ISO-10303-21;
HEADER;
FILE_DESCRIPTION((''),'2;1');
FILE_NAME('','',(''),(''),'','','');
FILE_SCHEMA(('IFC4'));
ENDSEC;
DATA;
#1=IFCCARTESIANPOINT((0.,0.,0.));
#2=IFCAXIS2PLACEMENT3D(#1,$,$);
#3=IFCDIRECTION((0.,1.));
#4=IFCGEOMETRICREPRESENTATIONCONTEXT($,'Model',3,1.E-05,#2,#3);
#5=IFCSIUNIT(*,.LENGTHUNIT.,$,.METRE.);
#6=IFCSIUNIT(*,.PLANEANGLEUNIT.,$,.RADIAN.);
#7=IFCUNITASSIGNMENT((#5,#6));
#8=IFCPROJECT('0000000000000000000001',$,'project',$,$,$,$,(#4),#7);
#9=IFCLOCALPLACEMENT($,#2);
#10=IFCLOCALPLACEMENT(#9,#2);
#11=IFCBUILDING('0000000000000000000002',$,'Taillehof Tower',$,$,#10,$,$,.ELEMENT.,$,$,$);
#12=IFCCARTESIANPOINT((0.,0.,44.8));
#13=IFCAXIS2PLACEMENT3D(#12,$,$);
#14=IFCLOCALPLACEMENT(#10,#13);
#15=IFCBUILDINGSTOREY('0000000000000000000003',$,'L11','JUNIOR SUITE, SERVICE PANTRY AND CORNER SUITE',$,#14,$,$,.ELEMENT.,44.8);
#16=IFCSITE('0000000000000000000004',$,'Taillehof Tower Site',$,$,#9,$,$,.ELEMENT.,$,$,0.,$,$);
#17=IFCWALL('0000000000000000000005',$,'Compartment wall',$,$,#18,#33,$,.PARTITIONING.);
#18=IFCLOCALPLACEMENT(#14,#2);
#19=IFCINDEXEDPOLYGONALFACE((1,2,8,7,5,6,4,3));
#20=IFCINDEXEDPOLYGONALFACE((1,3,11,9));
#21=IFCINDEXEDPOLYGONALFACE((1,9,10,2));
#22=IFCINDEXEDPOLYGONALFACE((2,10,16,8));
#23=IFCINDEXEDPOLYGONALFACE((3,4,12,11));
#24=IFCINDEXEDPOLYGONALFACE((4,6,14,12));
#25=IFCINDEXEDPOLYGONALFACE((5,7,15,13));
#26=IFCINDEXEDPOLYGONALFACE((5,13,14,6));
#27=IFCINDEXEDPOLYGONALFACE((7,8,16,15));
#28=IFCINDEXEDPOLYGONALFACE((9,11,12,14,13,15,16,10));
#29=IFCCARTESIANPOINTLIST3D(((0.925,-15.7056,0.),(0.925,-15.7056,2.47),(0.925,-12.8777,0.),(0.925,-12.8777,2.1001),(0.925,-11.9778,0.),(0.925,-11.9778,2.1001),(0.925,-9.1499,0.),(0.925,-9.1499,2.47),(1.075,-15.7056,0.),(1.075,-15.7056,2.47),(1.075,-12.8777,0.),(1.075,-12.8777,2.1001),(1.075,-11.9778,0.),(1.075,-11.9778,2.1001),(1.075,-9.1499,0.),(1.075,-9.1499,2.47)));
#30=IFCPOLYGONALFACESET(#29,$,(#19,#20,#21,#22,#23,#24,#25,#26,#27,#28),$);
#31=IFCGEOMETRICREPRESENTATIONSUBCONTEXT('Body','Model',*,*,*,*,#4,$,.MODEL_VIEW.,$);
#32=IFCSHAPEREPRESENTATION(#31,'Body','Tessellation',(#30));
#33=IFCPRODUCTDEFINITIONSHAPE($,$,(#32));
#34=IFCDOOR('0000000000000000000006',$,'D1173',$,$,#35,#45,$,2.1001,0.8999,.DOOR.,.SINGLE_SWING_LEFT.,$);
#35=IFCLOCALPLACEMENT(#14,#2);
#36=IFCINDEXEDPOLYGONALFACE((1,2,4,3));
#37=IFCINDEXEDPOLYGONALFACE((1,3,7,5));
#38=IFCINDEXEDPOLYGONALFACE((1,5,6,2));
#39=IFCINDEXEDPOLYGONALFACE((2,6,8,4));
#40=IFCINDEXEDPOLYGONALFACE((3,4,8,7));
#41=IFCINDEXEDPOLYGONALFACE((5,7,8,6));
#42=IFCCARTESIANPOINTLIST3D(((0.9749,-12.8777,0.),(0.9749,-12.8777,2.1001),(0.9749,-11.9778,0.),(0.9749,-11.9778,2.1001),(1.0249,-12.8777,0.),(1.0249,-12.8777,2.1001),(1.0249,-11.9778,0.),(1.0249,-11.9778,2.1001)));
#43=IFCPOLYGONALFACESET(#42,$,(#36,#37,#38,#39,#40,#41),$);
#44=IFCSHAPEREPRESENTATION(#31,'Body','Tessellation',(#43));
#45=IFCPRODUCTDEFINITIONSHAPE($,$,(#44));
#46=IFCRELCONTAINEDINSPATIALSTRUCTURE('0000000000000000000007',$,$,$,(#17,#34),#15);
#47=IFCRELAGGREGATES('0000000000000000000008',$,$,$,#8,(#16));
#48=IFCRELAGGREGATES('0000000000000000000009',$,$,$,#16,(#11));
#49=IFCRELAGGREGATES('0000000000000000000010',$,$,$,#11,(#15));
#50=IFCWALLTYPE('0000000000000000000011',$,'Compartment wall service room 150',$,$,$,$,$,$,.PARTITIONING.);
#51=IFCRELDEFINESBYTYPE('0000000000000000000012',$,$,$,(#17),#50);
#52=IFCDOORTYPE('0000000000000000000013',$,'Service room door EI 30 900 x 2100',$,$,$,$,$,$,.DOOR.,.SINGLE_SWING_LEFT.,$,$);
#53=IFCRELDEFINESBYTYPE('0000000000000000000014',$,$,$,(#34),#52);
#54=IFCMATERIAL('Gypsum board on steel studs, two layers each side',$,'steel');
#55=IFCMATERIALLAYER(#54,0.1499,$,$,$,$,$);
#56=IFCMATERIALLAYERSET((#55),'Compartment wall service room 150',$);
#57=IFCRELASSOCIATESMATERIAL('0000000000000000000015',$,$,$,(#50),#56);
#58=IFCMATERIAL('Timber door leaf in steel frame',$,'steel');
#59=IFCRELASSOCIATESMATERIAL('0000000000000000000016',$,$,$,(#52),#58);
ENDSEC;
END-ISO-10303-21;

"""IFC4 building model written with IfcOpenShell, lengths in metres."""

from ifc_helpers import new_model, si_unit, direction, frame, frame_2d, origin, place, context, subcontext, project, spatial, rectangle, extrude, material, layer, layer_set, type_object, element, fill, save


model = new_model("IFC4")

# Units and contexts
model_context = context("Model", 3, precision=1e-05, world=origin(), true_north=direction((0.0, 1.0)))
body_context = subcontext(model_context, "Body", "Model", "MODEL_VIEW")
ifc_project = project(units=[si_unit("LENGTHUNIT", "METRE"), si_unit("PLANEANGLEUNIT", "RADIAN")], contexts=[model_context])

# Site, building, storey
site_placement = place(None, origin())
site = spatial("IfcSite", under=ifc_project, at=site_placement, Name="Taillehof Tower Site", CompositionType="ELEMENT", RefElevation=0.0)
building_placement = place(site_placement, origin())
building = spatial("IfcBuilding", under=site, at=building_placement, Name="Taillehof Tower", CompositionType="ELEMENT")
storey_placement = place(building_placement, frame((0.0, 0.0, 44.8)))
storey = spatial("IfcBuildingStorey", under=building, at=storey_placement, Name="L11", Description="JUNIOR SUITE, SERVICE PANTRY AND CORNER SUITE", CompositionType="ELEMENT", Elevation=44.8)

# Wall, opening, door
ifc_material_1 = material(Name="Gypsum board on steel studs, two layers each side", Category="steel")
ifc_layer_1 = layer(ifc_material_1, 0.1499)
ifc_layer_set_1 = layer_set([ifc_layer_1], Name="Compartment wall service room 150")
wall_type_1 = type_object("IfcWallType", Name="Compartment wall service room 150", PredefinedType="PARTITIONING", material=ifc_layer_set_1)
wall_1_placement = place(storey_placement, frame((1.0, -9.1499, 0.0), z_axis=(0.0, 0.0, 1.0), x_axis=(0.0, -1.0, 0.0)))
wall_1 = element("IfcWall", 1, at=wall_1_placement, inside=storey, type_object=wall_type_1, Name="Compartment wall", PredefinedType="PARTITIONING", context=body_context, shape_type="SweptSolid", body=[
    extrude(rectangle(XDim=6.5557, YDim=0.1499, at=frame_2d((3.2778, 0.0))), origin(), (0.0, 0.0, 1.0), 2.47),
])
opening_1_placement = place(wall_1_placement, frame((2.8279, 0.0, 0.0)))
opening_1 = element("IfcOpeningElement", 2, at=opening_1_placement, cuts=wall_1, PredefinedType="OPENING", context=body_context, shape_type="SweptSolid", body=[
    extrude(rectangle(XDim=0.8999, YDim=2.1001, at=frame_2d((0.45, 1.05))), frame((0.0, 0.085, 0.0), z_axis=(0.0, -1.0, 0.0), x_axis=(1.0, 0.0, 0.0)), (0.0, 0.0, 1.0), 0.1699),
])
ifc_material_2 = material(Name="Timber door leaf in steel frame", Category="steel")
door_type_1 = type_object("IfcDoorType", Name="Service room door EI 30 900 x 2100", OperationType="SINGLE_SWING_LEFT", PredefinedType="DOOR", material=ifc_material_2)
door_1_placement = place(opening_1_placement, origin())
door_1 = element("IfcDoor", 3, at=door_1_placement, inside=storey, type_object=door_type_1, Name="D1173", OperationType="SINGLE_SWING_LEFT", OverallHeight=2.1001, OverallWidth=0.8999, PredefinedType="DOOR", context=body_context, shape_type="SweptSolid", body=[
    extrude(rectangle(XDim=0.8999, YDim=2.1001, at=frame_2d((0.45, 1.05))), frame((0.0, 0.0249, 0.0), z_axis=(0.0, -1.0, 0.0), x_axis=(1.0, 0.0, 0.0)), (0.0, 0.0, 1.0), 0.05),
])
fill(opening_1, door_1)

save(model, "model.ifc")
